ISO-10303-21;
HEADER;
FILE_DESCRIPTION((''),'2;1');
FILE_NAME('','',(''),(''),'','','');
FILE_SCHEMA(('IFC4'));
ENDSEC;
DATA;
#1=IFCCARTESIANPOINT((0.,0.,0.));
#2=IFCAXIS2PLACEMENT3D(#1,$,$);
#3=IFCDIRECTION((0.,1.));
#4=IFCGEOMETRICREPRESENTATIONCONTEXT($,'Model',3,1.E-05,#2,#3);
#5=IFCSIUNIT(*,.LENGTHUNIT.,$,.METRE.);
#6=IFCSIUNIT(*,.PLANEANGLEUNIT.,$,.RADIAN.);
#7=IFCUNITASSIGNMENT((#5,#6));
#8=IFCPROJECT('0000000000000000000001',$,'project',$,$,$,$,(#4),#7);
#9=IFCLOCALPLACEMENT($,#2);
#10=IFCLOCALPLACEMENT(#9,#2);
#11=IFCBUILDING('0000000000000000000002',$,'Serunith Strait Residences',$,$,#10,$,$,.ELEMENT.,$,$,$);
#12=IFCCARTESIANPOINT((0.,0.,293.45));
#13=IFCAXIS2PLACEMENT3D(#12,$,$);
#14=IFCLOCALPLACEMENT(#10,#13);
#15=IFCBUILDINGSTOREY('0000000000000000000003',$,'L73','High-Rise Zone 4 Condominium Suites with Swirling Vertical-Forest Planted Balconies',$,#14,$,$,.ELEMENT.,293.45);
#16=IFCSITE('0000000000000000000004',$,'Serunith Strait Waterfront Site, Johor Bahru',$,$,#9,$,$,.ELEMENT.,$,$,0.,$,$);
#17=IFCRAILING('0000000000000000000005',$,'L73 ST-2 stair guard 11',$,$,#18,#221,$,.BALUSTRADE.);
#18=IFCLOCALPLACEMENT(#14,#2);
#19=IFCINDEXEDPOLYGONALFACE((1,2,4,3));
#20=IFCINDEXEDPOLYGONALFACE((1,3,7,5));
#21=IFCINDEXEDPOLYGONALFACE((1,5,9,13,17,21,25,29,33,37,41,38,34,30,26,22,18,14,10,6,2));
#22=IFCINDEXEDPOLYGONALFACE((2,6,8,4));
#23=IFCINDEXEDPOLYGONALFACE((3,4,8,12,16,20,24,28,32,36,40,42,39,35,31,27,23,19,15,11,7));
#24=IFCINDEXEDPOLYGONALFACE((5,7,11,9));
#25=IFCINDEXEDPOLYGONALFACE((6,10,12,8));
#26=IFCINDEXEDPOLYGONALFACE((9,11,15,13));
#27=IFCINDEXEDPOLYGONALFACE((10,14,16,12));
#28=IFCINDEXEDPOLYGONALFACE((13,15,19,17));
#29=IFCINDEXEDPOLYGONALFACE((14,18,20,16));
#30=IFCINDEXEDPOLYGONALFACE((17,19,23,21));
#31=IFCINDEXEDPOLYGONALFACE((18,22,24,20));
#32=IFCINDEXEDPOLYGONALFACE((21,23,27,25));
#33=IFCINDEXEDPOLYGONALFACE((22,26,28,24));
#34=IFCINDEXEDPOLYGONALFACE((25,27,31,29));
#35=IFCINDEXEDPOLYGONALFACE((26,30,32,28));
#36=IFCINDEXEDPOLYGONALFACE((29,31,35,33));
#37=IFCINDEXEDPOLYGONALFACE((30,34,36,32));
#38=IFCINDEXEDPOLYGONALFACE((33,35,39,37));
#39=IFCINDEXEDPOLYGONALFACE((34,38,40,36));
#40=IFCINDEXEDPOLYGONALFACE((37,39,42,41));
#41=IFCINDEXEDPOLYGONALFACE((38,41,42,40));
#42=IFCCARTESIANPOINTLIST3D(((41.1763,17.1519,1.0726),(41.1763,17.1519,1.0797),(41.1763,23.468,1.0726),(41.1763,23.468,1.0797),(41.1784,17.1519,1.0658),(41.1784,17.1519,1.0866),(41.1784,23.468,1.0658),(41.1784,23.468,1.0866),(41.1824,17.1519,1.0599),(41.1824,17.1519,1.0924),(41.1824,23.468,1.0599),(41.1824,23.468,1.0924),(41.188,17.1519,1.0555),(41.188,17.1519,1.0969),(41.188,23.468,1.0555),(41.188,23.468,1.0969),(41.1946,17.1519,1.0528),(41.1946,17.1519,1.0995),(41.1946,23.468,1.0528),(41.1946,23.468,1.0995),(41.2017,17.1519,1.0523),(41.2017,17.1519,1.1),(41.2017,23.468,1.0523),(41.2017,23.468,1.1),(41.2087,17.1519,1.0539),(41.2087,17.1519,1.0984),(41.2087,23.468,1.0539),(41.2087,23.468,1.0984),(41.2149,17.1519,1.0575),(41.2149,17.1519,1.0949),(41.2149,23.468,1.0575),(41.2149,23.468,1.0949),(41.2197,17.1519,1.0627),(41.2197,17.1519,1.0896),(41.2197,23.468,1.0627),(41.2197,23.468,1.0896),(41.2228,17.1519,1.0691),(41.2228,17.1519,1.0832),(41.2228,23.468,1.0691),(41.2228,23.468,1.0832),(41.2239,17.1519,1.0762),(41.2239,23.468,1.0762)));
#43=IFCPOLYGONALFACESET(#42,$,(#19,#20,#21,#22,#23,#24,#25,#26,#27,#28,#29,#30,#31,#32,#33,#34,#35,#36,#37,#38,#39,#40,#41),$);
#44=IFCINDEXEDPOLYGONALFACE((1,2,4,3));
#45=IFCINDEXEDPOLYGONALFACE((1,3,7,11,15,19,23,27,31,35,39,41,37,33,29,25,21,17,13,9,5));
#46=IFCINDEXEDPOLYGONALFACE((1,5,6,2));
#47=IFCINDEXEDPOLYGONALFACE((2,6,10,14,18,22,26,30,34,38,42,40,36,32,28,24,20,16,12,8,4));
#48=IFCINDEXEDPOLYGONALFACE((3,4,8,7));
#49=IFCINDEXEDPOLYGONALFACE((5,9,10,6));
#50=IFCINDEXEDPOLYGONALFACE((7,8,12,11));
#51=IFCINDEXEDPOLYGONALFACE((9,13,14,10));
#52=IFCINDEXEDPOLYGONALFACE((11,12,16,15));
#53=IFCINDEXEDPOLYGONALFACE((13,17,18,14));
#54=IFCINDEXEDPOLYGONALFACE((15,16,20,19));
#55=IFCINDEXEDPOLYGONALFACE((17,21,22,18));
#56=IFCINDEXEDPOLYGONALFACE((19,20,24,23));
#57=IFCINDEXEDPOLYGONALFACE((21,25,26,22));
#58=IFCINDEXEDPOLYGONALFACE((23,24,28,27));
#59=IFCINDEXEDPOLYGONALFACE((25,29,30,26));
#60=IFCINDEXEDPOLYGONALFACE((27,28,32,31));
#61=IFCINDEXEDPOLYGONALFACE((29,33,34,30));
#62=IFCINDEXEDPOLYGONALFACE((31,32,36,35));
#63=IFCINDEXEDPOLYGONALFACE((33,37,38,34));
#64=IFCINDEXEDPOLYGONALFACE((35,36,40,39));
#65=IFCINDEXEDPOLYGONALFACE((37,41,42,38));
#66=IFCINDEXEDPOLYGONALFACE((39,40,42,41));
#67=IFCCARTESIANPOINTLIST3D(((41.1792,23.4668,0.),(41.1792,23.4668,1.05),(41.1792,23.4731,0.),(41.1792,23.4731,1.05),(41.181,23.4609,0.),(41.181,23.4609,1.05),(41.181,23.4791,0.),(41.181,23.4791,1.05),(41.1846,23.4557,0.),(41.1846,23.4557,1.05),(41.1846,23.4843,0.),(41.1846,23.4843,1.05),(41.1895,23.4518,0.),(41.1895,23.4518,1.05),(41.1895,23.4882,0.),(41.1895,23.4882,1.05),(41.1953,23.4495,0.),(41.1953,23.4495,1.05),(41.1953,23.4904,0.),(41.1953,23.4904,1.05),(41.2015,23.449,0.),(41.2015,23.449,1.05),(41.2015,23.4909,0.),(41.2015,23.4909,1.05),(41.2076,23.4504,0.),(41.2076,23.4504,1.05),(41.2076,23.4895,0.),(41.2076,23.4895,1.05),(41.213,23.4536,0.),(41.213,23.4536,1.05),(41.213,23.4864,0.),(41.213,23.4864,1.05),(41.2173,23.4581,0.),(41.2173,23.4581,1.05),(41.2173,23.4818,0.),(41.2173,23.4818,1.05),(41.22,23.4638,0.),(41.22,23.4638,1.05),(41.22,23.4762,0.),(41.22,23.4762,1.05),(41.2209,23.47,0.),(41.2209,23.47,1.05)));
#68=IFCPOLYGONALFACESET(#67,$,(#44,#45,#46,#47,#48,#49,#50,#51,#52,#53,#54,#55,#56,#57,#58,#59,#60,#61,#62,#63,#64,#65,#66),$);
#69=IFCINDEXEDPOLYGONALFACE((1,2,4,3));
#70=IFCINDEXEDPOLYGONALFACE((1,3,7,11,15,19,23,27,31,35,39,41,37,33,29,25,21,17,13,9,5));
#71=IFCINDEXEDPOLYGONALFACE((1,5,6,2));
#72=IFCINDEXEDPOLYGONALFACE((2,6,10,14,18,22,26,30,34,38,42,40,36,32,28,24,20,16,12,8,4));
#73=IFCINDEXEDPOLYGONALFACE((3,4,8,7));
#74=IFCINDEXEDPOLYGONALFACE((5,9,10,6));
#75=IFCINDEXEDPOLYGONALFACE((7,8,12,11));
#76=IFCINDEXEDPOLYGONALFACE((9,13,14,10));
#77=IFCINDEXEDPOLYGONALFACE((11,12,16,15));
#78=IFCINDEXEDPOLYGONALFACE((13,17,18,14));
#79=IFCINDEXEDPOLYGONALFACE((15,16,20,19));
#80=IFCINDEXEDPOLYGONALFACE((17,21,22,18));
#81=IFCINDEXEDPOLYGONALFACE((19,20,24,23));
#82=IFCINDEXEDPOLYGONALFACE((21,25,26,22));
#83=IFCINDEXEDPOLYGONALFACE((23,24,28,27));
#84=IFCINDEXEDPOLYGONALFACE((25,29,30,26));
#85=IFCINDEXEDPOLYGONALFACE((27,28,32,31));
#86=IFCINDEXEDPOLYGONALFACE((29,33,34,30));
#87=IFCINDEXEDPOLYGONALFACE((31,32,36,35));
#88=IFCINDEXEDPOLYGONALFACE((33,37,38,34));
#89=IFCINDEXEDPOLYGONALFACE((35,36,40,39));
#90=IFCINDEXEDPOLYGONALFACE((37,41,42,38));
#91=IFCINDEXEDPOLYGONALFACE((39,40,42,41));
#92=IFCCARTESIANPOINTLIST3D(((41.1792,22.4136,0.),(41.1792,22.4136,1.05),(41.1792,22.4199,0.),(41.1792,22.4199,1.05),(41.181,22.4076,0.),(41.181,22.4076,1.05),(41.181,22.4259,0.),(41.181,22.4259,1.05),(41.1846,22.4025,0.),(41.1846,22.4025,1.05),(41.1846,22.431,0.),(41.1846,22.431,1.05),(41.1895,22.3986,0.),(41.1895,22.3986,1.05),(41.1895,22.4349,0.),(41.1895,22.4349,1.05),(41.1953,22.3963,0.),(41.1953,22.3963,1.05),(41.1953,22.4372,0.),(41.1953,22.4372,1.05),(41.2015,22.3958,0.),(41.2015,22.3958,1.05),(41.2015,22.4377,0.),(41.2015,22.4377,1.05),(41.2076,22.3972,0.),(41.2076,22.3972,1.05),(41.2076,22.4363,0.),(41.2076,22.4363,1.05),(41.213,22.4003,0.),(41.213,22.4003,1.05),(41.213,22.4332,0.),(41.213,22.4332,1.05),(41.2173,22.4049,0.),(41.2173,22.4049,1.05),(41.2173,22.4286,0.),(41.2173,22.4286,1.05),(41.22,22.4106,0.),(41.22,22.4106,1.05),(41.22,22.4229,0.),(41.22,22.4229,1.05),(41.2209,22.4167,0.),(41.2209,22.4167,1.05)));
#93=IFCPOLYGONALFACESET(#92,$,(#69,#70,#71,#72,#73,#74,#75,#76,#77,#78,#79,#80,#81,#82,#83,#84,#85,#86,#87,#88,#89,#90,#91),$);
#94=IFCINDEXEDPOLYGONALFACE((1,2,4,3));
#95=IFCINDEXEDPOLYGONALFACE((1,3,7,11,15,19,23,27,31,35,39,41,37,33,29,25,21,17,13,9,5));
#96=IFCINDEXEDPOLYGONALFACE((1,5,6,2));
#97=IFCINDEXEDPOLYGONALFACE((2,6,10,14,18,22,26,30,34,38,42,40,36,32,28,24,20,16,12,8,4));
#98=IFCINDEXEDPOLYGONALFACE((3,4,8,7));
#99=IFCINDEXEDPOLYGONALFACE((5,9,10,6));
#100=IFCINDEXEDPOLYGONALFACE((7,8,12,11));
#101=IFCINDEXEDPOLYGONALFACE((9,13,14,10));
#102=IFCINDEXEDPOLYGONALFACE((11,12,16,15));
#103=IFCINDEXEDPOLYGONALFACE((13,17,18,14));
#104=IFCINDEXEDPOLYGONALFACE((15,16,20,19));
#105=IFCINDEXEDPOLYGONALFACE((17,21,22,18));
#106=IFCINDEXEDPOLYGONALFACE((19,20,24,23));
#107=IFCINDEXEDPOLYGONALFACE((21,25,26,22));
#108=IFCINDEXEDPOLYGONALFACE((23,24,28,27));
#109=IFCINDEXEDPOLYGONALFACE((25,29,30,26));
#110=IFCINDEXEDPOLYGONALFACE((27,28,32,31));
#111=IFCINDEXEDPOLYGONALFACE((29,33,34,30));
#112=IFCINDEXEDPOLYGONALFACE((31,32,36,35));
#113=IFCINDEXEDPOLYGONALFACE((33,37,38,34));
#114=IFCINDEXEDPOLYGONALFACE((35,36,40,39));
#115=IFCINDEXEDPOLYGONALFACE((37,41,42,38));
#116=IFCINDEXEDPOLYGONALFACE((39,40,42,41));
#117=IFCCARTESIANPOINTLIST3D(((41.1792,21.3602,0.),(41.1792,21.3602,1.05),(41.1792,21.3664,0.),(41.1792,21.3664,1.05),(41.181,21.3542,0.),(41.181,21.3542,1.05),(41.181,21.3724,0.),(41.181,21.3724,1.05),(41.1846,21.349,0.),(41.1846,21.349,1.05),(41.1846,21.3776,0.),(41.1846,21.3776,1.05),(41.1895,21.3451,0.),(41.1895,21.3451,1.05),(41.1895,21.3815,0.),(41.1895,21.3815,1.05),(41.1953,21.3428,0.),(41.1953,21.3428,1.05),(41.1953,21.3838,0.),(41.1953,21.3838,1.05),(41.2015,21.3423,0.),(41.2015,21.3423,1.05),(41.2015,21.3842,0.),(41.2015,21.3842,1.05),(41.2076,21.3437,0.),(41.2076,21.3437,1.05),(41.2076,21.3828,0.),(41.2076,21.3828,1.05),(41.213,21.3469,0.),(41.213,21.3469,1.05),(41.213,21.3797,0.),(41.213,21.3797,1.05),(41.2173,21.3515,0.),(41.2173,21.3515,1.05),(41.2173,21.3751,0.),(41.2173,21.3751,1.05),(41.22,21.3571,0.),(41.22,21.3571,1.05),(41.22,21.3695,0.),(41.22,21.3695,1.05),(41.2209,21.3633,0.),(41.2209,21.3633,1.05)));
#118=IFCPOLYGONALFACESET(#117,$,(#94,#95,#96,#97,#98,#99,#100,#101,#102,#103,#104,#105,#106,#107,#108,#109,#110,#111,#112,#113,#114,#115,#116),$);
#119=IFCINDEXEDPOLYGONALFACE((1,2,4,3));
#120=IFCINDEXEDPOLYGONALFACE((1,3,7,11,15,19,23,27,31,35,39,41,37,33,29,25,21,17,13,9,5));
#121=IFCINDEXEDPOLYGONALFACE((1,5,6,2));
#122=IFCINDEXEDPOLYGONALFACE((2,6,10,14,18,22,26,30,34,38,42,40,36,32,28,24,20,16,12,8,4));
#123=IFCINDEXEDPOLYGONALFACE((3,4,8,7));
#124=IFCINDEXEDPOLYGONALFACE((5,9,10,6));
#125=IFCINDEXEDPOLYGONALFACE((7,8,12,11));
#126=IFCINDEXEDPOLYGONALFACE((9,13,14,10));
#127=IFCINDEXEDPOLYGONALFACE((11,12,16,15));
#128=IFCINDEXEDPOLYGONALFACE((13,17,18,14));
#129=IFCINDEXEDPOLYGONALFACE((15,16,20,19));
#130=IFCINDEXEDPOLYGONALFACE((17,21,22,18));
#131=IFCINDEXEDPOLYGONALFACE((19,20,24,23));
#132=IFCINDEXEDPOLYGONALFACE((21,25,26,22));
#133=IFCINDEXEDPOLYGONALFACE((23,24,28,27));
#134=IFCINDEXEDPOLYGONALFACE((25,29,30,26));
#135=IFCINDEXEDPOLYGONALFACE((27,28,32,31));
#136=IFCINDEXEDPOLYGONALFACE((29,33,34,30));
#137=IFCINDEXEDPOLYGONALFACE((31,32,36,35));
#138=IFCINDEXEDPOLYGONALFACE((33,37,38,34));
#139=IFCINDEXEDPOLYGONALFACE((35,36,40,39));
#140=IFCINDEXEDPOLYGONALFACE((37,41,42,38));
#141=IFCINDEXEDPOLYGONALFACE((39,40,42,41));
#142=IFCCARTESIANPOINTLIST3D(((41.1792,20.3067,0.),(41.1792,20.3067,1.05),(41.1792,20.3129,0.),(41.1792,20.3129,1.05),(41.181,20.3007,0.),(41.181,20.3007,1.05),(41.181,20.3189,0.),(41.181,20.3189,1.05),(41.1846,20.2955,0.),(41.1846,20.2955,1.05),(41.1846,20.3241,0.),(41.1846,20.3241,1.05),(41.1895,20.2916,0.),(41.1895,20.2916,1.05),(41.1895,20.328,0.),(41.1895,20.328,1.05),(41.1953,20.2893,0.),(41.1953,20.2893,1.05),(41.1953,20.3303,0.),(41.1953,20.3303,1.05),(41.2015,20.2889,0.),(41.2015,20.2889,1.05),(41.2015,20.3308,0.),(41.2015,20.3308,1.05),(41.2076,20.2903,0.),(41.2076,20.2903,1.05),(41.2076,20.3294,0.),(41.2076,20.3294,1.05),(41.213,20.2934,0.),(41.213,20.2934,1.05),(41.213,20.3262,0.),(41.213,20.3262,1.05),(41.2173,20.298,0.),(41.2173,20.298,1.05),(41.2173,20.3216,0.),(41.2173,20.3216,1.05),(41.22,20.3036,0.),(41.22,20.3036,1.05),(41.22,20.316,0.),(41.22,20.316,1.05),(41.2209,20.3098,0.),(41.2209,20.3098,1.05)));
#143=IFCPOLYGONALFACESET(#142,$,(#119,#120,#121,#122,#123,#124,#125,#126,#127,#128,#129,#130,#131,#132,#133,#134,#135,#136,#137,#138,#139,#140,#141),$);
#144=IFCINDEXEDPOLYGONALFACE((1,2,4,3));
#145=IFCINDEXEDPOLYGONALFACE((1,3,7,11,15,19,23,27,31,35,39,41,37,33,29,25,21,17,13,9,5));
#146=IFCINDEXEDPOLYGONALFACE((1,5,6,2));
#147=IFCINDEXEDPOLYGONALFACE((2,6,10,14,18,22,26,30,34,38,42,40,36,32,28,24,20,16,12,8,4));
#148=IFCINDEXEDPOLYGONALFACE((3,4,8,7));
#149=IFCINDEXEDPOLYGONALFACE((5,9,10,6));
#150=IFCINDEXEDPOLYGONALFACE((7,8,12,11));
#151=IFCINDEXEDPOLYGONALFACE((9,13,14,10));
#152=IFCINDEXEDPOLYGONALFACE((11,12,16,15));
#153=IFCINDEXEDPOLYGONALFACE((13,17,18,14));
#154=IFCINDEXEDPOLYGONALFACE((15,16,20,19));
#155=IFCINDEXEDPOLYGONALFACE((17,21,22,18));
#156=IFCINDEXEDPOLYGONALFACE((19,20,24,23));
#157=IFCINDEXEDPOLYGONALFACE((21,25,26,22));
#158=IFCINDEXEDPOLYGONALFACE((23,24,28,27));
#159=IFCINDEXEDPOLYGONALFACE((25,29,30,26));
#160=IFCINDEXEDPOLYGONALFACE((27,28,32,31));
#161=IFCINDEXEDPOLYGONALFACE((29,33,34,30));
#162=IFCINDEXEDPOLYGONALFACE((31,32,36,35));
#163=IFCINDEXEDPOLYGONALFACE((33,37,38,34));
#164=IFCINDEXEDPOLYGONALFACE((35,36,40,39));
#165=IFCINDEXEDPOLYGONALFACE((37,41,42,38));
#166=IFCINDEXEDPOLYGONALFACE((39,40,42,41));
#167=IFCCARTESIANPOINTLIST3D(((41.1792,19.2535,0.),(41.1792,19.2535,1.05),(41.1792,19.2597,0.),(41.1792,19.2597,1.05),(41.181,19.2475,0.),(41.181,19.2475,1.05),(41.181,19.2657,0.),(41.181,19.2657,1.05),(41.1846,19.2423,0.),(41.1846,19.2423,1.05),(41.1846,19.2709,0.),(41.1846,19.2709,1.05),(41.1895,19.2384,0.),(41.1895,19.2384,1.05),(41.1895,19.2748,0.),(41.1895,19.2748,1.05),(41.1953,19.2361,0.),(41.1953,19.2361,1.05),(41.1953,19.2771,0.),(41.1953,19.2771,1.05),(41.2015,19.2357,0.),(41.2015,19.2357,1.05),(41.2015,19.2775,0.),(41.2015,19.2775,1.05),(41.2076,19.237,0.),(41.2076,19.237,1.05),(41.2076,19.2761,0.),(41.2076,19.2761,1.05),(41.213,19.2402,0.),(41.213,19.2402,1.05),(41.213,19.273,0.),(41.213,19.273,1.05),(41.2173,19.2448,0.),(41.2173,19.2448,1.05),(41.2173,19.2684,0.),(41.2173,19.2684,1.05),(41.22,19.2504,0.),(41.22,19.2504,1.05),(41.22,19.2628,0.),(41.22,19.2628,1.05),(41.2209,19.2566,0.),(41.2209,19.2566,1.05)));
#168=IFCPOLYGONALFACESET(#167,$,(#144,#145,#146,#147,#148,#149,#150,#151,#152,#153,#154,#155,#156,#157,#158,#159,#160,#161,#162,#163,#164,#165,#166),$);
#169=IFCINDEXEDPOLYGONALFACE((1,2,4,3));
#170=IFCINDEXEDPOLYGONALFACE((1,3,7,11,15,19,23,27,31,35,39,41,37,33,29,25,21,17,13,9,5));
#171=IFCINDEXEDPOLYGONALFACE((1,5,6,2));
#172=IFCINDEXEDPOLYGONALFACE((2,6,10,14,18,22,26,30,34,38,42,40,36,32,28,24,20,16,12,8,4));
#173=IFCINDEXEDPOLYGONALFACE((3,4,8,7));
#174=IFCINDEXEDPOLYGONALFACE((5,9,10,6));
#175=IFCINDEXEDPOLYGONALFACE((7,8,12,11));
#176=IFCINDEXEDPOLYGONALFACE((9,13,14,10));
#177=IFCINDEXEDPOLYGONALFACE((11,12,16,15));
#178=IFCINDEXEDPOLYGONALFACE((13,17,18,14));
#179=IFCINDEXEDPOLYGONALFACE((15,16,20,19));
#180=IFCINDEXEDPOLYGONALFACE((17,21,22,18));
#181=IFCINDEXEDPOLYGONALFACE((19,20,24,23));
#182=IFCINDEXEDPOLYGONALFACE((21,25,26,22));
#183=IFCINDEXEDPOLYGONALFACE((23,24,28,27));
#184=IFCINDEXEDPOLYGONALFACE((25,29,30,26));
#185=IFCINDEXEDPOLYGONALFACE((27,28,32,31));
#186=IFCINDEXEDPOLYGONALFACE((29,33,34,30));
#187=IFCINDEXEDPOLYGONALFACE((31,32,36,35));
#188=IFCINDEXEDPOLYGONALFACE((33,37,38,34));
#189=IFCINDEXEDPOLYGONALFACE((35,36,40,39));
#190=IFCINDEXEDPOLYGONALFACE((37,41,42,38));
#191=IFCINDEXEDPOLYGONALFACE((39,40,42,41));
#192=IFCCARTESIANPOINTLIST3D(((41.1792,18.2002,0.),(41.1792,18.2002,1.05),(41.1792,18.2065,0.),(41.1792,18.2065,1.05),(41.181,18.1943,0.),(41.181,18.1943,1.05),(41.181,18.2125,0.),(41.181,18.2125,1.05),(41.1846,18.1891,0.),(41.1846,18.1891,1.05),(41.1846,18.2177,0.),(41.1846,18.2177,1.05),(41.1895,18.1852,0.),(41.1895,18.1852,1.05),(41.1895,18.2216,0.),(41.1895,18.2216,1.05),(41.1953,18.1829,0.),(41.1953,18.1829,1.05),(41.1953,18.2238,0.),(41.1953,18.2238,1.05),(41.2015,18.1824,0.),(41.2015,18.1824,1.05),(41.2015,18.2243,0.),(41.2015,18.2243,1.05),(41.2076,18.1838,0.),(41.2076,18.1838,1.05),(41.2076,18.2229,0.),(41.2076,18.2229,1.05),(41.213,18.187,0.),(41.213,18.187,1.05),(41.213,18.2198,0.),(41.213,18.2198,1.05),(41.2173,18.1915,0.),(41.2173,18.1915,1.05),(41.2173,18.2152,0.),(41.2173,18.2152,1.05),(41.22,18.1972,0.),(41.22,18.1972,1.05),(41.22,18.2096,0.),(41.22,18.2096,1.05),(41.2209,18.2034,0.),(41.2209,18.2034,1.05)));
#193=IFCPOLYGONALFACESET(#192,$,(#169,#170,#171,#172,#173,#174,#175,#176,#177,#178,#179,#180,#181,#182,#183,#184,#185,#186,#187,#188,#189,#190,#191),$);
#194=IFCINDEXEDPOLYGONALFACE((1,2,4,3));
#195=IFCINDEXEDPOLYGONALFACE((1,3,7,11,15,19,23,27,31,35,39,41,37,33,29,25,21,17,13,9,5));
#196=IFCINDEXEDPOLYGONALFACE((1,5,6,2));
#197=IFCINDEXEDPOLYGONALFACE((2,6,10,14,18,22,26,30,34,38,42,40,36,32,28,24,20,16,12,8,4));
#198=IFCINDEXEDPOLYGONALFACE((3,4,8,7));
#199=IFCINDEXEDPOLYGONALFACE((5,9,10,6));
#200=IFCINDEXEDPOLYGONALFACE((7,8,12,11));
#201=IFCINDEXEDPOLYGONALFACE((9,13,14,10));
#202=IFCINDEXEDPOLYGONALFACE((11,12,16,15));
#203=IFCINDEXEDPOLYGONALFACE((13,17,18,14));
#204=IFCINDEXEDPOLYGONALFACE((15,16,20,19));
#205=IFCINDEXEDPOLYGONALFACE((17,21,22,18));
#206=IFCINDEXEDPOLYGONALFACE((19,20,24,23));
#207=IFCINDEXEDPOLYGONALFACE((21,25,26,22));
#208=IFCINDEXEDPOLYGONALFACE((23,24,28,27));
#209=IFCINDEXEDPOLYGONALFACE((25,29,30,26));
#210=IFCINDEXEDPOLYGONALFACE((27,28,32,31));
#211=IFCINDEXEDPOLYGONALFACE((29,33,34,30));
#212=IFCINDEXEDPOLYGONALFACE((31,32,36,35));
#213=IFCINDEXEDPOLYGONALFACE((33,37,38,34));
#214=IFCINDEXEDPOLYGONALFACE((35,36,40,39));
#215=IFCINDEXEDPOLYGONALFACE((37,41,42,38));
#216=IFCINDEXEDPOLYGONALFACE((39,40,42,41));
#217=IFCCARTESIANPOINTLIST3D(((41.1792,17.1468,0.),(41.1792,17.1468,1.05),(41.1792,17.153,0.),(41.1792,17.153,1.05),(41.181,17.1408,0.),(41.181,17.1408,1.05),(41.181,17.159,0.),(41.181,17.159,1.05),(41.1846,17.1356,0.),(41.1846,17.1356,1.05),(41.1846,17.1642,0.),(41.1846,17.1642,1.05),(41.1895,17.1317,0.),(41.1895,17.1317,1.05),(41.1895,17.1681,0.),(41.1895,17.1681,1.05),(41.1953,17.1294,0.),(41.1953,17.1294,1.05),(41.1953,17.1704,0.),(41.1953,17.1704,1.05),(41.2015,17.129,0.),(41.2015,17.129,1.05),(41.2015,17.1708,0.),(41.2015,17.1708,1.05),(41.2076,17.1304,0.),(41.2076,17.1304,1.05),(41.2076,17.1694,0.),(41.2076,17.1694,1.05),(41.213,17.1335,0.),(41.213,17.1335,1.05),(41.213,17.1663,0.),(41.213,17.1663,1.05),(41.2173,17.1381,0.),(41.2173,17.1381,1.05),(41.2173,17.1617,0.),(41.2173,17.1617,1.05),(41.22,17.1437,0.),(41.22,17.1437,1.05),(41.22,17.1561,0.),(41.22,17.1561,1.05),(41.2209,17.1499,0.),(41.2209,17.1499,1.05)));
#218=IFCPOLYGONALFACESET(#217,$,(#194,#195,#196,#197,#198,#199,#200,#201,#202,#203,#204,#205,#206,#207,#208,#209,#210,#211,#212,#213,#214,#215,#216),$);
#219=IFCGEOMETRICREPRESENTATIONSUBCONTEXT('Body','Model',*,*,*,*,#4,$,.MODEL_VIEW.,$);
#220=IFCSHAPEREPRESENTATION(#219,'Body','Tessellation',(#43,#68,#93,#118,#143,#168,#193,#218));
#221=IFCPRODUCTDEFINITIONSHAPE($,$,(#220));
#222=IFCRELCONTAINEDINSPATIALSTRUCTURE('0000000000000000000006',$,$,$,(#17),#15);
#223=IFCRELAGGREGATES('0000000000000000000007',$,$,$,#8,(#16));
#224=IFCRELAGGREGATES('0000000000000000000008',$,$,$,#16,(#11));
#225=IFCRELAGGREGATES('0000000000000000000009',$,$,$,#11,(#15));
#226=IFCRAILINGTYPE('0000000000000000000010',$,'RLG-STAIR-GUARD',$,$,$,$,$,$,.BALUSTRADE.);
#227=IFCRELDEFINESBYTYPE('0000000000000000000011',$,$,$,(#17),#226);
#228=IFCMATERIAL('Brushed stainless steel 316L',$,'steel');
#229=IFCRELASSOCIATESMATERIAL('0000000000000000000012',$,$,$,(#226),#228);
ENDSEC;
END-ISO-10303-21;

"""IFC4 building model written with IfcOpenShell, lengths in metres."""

from ifc_helpers import new_model, si_unit, direction, frame, origin, origin_2d, place, context, subcontext, project, spatial, circle, extrude, material, type_object, element, save


model = new_model("IFC4")

# Units and contexts
model_context = context("Model", 3, precision=1e-05, world=origin(), true_north=direction((0.0, 1.0)))
body_context = subcontext(model_context, "Body", "Model", "MODEL_VIEW")
ifc_project = project(units=[si_unit("LENGTHUNIT", "METRE"), si_unit("PLANEANGLEUNIT", "RADIAN")], contexts=[model_context])

# Site, building, storey
site_placement = place(None, origin())
site = spatial("IfcSite", under=ifc_project, at=site_placement, Name="Serunith Strait Waterfront Site, Johor Bahru", CompositionType="ELEMENT", RefElevation=0.0)
building_placement = place(site_placement, origin())
building = spatial("IfcBuilding", under=site, at=building_placement, Name="Serunith Strait Residences", CompositionType="ELEMENT")
storey_placement = place(building_placement, frame((0.0, 0.0, 293.45)))
storey = spatial("IfcBuildingStorey", under=building, at=storey_placement, Name="L73", Description="High-Rise Zone 4 Condominium Suites with Swirling Vertical-Forest Planted Balconies", CompositionType="ELEMENT", Elevation=293.45)

# Railing
ifc_material_1 = material(Name="Brushed stainless steel 316L", Category="steel")
railing_type = type_object("IfcRailingType", Name="RLG-STAIR-GUARD", PredefinedType="BALUSTRADE", material=ifc_material_1)
railing_placement = place(storey_placement, frame((41.2, 23.47, 0.0)))
element("IfcRailing", 1, at=railing_placement, inside=storey, type_object=railing_type, Name="L73 ST-2 stair guard 11", PredefinedType="BALUSTRADE", context=body_context, shape_type="SweptSolid", body=[
    extrude(circle(Radius=0.0239, at=origin_2d()), frame((0.0, -0.002, 1.0762), z_axis=(0.0, -1.0, 0.0), x_axis=(1.0, 0.0, 0.0)), (0.0, 0.0, 1.0), 6.3162),
    extrude(circle(Radius=0.021, at=origin_2d()), origin(), (0.0, 0.0, 1.0), 1.05),
    extrude(circle(Radius=0.021, at=origin_2d()), frame((0.0, -1.0532, 0.0)), (0.0, 0.0, 1.0), 1.05),
    extrude(circle(Radius=0.021, at=origin_2d()), frame((0.0, -2.1067, 0.0)), (0.0, 0.0, 1.0), 1.05),
    extrude(circle(Radius=0.021, at=origin_2d()), frame((0.0, -3.1602, 0.0)), (0.0, 0.0, 1.0), 1.05),
    extrude(circle(Radius=0.021, at=origin_2d()), frame((0.0, -4.2134, 0.0)), (0.0, 0.0, 1.0), 1.05),
    extrude(circle(Radius=0.021, at=origin_2d()), frame((0.0, -5.2666, 0.0)), (0.0, 0.0, 1.0), 1.05),
    extrude(circle(Radius=0.021, at=origin_2d()), frame((0.0, -6.3201, 0.0)), (0.0, 0.0, 1.0), 1.05),
])

save(model, "model.ifc")
